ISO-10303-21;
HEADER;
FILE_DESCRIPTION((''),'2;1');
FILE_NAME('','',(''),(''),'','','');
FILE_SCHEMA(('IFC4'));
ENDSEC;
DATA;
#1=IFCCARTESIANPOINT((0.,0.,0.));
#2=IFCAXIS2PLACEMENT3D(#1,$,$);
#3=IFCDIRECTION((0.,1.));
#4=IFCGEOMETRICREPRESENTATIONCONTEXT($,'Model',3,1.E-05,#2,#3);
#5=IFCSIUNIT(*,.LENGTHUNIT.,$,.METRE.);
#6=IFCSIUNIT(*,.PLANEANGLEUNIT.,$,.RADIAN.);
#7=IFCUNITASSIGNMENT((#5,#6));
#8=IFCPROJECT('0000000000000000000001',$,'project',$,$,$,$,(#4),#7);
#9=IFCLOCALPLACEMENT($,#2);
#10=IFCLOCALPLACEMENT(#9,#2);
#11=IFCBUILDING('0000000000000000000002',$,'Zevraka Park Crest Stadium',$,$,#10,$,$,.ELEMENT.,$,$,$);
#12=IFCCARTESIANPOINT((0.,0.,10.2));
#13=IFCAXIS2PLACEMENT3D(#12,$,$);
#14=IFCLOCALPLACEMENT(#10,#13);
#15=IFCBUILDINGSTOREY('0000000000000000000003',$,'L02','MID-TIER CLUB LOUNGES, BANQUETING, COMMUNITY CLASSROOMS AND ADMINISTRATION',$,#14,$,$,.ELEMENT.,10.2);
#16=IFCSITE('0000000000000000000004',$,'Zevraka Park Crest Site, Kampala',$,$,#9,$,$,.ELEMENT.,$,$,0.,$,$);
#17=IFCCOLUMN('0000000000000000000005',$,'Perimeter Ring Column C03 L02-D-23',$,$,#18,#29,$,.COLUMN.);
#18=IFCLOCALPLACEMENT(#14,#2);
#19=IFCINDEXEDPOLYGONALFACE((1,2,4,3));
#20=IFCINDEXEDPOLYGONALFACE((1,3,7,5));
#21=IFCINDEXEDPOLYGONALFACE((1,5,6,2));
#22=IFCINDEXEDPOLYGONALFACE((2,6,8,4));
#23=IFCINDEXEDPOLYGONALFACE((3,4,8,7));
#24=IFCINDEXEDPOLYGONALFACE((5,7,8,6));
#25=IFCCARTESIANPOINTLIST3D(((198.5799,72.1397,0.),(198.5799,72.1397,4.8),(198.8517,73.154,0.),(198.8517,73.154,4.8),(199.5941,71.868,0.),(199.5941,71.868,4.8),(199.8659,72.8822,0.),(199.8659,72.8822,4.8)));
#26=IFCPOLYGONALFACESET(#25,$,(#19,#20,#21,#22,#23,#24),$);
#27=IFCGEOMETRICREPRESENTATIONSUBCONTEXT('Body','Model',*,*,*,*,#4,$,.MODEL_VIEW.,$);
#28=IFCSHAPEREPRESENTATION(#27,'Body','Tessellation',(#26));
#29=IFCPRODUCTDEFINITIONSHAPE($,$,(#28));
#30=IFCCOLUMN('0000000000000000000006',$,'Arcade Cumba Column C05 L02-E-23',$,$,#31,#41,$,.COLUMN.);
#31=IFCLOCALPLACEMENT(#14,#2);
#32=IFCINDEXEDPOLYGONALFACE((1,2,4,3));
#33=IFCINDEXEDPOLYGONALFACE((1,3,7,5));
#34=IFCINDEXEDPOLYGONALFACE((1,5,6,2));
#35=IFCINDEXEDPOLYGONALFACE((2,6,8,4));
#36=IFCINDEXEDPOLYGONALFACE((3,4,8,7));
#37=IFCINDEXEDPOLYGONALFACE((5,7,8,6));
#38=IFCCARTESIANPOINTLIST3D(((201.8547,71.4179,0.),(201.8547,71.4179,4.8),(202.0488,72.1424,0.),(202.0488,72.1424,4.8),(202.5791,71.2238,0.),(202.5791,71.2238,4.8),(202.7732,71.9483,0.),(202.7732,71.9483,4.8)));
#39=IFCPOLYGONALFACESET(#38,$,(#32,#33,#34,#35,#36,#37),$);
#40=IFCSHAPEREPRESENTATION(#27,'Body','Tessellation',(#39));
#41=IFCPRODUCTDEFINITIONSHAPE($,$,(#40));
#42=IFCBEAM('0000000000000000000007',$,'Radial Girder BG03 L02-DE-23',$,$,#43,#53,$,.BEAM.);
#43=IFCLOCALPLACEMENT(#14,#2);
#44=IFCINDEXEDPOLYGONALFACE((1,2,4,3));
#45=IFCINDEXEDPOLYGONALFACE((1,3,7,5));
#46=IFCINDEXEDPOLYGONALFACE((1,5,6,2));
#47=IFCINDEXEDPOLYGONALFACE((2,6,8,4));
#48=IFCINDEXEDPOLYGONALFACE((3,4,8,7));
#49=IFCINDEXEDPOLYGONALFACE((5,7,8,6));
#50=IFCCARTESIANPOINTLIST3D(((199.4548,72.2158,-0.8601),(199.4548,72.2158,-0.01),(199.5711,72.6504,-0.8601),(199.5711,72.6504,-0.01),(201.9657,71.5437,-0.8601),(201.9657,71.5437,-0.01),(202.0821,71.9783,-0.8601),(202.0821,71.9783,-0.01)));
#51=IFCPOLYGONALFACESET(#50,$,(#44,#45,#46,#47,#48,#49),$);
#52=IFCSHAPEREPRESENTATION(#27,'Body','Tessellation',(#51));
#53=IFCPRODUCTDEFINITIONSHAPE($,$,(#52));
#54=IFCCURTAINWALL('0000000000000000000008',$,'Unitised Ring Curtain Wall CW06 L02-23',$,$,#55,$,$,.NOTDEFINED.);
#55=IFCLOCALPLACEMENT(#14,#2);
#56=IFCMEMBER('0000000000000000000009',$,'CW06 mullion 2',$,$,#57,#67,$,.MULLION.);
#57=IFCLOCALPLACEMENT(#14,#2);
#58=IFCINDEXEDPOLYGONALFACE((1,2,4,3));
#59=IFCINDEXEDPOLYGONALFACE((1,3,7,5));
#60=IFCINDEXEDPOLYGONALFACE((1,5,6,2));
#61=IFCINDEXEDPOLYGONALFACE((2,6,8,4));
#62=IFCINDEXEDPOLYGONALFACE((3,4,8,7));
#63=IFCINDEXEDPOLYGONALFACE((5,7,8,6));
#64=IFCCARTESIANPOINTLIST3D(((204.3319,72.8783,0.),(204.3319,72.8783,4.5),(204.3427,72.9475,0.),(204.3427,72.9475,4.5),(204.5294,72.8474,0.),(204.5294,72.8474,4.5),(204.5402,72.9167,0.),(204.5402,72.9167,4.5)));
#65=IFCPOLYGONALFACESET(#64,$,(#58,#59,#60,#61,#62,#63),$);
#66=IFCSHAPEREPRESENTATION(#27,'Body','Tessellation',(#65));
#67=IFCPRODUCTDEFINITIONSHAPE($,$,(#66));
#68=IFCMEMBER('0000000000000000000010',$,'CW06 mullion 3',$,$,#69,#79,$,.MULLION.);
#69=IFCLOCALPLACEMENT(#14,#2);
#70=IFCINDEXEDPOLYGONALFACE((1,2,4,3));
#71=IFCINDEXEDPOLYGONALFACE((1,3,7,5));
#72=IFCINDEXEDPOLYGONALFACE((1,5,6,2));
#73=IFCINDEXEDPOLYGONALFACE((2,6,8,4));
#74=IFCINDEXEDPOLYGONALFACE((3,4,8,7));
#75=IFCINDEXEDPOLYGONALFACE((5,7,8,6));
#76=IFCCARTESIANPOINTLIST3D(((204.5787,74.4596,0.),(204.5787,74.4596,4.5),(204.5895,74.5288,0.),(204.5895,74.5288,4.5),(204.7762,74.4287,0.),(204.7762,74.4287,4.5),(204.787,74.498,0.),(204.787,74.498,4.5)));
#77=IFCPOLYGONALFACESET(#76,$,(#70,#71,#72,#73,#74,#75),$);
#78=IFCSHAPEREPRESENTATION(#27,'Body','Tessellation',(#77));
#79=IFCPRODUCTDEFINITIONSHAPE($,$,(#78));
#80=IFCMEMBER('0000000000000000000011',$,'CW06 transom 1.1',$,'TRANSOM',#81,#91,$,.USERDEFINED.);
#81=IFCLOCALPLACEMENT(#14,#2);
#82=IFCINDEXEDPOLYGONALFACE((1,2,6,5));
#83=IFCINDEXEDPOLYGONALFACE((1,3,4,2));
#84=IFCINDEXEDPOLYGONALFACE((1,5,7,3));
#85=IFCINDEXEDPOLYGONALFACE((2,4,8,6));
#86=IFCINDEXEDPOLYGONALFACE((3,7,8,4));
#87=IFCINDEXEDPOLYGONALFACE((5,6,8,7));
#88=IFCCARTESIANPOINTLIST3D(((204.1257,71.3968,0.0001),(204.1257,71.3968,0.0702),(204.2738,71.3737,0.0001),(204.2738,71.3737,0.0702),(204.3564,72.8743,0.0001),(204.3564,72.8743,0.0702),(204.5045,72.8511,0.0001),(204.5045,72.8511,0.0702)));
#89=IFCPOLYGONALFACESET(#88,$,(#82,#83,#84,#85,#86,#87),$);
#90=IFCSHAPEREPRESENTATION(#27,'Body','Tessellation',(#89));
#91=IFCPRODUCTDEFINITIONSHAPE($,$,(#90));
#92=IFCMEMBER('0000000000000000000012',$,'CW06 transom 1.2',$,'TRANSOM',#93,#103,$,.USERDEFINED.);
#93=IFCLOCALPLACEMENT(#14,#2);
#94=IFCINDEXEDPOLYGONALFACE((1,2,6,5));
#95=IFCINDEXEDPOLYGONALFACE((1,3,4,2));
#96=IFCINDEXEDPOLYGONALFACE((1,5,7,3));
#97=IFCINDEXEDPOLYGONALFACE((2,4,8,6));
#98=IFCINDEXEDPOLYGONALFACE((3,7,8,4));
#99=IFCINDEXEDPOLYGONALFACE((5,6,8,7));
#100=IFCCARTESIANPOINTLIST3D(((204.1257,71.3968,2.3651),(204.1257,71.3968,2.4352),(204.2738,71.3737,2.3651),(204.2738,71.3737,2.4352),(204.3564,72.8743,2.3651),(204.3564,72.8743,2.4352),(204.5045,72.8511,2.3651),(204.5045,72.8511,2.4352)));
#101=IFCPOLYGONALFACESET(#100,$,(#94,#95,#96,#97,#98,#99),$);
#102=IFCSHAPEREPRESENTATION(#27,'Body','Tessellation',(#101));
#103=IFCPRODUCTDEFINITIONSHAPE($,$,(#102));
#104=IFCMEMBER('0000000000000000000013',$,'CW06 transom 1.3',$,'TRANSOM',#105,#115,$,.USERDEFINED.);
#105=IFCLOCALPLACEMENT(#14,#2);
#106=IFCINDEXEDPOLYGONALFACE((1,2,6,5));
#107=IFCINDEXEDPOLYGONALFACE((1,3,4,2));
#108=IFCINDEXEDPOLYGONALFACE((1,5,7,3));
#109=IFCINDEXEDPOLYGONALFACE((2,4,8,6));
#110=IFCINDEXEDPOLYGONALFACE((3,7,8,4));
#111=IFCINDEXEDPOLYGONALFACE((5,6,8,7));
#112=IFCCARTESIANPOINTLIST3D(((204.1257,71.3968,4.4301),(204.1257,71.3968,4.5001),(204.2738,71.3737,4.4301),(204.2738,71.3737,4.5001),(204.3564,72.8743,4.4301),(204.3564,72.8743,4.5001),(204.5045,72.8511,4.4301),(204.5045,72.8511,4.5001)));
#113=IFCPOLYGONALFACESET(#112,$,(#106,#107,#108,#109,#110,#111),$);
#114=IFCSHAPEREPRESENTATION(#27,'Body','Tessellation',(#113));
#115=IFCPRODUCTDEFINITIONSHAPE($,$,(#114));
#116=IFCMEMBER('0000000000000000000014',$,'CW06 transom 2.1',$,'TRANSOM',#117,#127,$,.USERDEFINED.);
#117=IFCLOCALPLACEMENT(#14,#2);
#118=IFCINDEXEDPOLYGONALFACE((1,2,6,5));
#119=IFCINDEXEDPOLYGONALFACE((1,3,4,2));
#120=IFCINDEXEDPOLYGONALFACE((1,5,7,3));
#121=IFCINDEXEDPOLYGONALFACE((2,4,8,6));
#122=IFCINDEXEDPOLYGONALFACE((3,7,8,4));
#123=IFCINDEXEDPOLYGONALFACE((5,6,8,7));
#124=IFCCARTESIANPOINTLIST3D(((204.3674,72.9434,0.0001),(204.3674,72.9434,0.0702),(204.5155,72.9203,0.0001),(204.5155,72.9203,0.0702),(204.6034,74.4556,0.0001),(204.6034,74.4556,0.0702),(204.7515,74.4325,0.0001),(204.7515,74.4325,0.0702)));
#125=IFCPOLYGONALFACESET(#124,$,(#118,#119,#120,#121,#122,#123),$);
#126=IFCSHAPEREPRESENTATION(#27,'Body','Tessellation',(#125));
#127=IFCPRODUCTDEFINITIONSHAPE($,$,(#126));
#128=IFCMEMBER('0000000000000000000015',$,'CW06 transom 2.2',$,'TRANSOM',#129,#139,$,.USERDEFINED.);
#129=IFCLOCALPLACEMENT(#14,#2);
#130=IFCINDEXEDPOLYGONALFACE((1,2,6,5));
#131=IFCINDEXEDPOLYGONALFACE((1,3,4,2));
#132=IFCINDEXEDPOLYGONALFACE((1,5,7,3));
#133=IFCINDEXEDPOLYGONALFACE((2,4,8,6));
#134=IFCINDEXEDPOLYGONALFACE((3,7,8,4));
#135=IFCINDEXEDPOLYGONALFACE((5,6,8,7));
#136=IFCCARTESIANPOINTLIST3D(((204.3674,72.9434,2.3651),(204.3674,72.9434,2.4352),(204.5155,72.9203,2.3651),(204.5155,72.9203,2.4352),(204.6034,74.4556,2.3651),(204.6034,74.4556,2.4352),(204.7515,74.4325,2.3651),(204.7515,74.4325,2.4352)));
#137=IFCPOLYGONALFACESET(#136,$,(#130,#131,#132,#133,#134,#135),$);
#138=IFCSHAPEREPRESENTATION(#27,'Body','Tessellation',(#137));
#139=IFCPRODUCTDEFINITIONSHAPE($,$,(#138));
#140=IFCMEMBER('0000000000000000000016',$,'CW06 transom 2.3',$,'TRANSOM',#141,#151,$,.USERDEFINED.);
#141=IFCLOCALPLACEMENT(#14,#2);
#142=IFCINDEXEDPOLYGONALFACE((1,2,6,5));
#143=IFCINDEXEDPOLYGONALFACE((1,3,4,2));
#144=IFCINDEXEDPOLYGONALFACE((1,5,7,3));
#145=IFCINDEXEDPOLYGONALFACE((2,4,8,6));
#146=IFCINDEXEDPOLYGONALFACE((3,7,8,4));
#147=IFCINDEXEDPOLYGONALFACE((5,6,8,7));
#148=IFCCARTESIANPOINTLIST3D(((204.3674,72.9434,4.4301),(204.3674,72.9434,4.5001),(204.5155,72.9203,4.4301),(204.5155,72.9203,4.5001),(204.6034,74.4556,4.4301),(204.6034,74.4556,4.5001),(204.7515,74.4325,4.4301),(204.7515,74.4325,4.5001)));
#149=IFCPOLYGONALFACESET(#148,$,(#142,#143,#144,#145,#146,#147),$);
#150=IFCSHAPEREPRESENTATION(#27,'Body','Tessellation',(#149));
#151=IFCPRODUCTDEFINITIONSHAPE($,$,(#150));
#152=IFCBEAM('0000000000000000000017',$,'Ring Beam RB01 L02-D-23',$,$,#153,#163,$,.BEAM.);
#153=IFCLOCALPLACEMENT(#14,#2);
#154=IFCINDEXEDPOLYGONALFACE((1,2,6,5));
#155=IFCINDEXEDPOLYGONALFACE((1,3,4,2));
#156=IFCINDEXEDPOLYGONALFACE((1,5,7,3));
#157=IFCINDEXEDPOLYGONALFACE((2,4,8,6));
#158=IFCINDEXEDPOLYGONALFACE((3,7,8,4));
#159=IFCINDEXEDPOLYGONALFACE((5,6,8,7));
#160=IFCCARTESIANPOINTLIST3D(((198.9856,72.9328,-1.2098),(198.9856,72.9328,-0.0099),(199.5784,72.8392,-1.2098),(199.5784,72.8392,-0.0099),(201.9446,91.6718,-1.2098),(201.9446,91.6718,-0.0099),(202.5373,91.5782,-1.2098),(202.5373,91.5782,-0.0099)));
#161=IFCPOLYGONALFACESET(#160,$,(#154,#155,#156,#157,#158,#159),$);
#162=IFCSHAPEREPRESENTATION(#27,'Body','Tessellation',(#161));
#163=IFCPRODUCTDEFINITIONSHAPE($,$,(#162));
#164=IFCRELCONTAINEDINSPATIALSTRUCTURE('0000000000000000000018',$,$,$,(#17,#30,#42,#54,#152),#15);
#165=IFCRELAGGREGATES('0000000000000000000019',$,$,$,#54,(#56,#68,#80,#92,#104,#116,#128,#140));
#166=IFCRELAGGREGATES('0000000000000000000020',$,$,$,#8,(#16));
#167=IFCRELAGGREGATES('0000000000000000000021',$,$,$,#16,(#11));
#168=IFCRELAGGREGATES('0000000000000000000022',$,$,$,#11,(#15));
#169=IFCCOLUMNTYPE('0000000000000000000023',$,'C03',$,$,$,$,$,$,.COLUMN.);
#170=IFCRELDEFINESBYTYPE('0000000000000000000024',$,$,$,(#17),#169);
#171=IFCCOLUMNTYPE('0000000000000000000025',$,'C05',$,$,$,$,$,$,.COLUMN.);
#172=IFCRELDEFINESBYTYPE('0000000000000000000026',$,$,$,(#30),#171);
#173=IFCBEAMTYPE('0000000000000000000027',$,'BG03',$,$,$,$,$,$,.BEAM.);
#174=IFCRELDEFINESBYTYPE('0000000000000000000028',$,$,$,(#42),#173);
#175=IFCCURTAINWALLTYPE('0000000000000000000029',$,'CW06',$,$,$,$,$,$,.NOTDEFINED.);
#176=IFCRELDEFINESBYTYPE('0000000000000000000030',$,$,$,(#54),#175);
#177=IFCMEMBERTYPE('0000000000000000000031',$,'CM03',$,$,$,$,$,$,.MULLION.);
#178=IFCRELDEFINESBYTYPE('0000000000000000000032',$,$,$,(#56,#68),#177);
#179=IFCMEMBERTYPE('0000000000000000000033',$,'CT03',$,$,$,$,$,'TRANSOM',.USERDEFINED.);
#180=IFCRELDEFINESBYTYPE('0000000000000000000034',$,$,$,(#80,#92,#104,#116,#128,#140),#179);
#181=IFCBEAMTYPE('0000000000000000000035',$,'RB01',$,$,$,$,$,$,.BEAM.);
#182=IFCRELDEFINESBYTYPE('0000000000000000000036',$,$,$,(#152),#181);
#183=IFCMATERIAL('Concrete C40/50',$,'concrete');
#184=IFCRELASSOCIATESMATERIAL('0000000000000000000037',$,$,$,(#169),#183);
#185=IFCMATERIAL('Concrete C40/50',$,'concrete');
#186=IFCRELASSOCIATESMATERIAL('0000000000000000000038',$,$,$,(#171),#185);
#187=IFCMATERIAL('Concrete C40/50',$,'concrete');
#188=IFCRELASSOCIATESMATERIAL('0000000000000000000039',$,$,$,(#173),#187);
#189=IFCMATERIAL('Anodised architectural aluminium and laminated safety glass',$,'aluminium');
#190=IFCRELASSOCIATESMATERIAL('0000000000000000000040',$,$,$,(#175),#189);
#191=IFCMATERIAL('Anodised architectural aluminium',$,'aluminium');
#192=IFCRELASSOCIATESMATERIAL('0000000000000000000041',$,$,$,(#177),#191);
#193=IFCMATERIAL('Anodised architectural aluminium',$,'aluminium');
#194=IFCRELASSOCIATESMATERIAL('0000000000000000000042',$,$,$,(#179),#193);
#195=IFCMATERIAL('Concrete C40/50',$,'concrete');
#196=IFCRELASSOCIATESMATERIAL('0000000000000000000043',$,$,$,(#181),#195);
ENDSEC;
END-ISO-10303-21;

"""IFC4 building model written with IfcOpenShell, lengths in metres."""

from ifc_helpers import new_model, si_unit, direction, frame, origin, origin_2d, place, context, subcontext, project, spatial, rectangle, extrude, material, material_profile, profile_set, type_object, element, aggregate, save


model = new_model("IFC4")

# Units and contexts
model_context = context("Model", 3, precision=1e-05, world=origin(), true_north=direction((0.0, 1.0)))
body_context = subcontext(model_context, "Body", "Model", "MODEL_VIEW")
ifc_project = project(units=[si_unit("LENGTHUNIT", "METRE"), si_unit("PLANEANGLEUNIT", "RADIAN")], contexts=[model_context])

# Site, building, storey
site_placement = place(None, origin())
site = spatial("IfcSite", under=ifc_project, at=site_placement, Name="Zevraka Park Crest Site, Kampala", CompositionType="ELEMENT", RefElevation=0.0)
building_placement = place(site_placement, origin())
building = spatial("IfcBuilding", under=site, at=building_placement, Name="Zevraka Park Crest Stadium", CompositionType="ELEMENT")
storey_placement = place(building_placement, frame((0.0, 0.0, 10.2)))
storey = spatial("IfcBuildingStorey", under=building, at=storey_placement, Name="L02", Description="MID-TIER CLUB LOUNGES, BANQUETING, COMMUNITY CLASSROOMS AND ADMINISTRATION", CompositionType="ELEMENT", Elevation=10.2)

# Columns
ifc_material_1 = material(Name="Concrete C40/50", Category="concrete")
ifc_material_profile_1 = material_profile(ifc_material_1, rectangle(XDim=1.05, YDim=1.05, at=origin_2d()), Name="RC 1050x1050")
ifc_profile_set_1 = profile_set([ifc_material_profile_1], Name="Concrete C40/50")
column_type_1 = type_object("IfcColumnType", Name="C03", PredefinedType="COLUMN", material=ifc_profile_set_1)
column_1_placement = place(storey_placement, frame((199.2229, 72.511, 0.0), z_axis=(0.0, 0.0, 1.0), x_axis=(-0.965926, 0.258819, 0.0)))
element("IfcColumn", 1, at=column_1_placement, inside=storey, type_object=column_type_1, Name="Perimeter Ring Column C03 L02-D-23", PredefinedType="COLUMN", context=body_context, shape_type="SweptSolid", body=[
    extrude(rectangle(XDim=1.05, YDim=1.05, at=origin_2d()), origin(), (0.0, 0.0, 1.0), 4.8),
])
ifc_material_2 = material(Name="Concrete C40/50", Category="concrete")
ifc_material_profile_2 = material_profile(ifc_material_2, rectangle(XDim=0.75, YDim=0.75, at=origin_2d()), Name="RC 750x750")
ifc_profile_set_2 = profile_set([ifc_material_profile_2], Name="Concrete C40/50")
column_type_2 = type_object("IfcColumnType", Name="C05", PredefinedType="COLUMN", material=ifc_profile_set_2)
column_2_placement = place(storey_placement, frame((202.314, 71.6831, 0.0), z_axis=(0.0, 0.0, 1.0), x_axis=(-0.965926, 0.258819, 0.0)))
element("IfcColumn", 2, at=column_2_placement, inside=storey, type_object=column_type_2, Name="Arcade Cumba Column C05 L02-E-23", PredefinedType="COLUMN", context=body_context, shape_type="SweptSolid", body=[
    extrude(rectangle(XDim=0.75, YDim=0.75, at=origin_2d()), origin(), (0.0, 0.0, 1.0), 4.8),
])

# Beam
ifc_material_3 = material(Name="Concrete C40/50", Category="concrete")
ifc_material_profile_3 = material_profile(ifc_material_3, rectangle(XDim=0.45, YDim=0.8501, at=origin_2d()), Name="RC 850x450")
ifc_profile_set_3 = profile_set([ifc_material_profile_3], Name="Concrete C40/50")
beam_type_1 = type_object("IfcBeamType", Name="BG03", PredefinedType="BEAM", material=ifc_profile_set_3)
beam_1_placement = place(storey_placement, frame((199.5129, 72.4331, -0.4351), z_axis=(0.965993, -0.258569, 0.0), x_axis=(0.258569, 0.965993, 0.0)))
element("IfcBeam", 3, at=beam_1_placement, inside=storey, type_object=beam_type_1, Name="Radial Girder BG03 L02-DE-23", PredefinedType="BEAM", context=body_context, shape_type="SweptSolid", body=[
    extrude(rectangle(XDim=0.45, YDim=0.8501, at=origin_2d()), origin(), (0.0, 0.0, 1.0), 2.5994),
])

# Curtain wall, members
ifc_material_4 = material(Name="Anodised architectural aluminium and laminated safety glass", Category="aluminium")
curtain_wall_type = type_object("IfcCurtainWallType", Name="CW06", PredefinedType="NOTDEFINED", material=ifc_material_4)
curtain_wall_placement = place(storey_placement, origin())
curtain_wall = element("IfcCurtainWall", 4, at=curtain_wall_placement, inside=storey, type_object=curtain_wall_type, Name="Unitised Ring Curtain Wall CW06 L02-23", PredefinedType="NOTDEFINED")
ifc_material_5 = material(Name="Anodised architectural aluminium", Category="aluminium")
ifc_material_profile_4 = material_profile(ifc_material_5, rectangle(XDim=0.2, YDim=0.0701, at=origin_2d()), Name="ALU MULLION 200x70")
ifc_profile_set_4 = profile_set([ifc_material_profile_4], Name="Anodised architectural aluminium")
member_type_1 = type_object("IfcMemberType", Name="CM03", PredefinedType="MULLION", material=ifc_profile_set_4)
member_1_placement = place(storey_placement, frame((204.436, 72.8975, 0.0), z_axis=(0.0, 0.0, 1.0), x_axis=(-0.988028, 0.154274, 0.0)))
member_1 = element("IfcMember", 5, at=member_1_placement, type_object=member_type_1, Name="CW06 mullion 2", PredefinedType="MULLION", context=body_context, shape_type="SweptSolid", body=[
    extrude(rectangle(XDim=0.2, YDim=0.0701, at=origin_2d()), origin(), (0.0, 0.0, 1.0), 4.5),
])
member_2_placement = place(storey_placement, frame((204.6829, 74.4788, 0.0), z_axis=(0.0, 0.0, 1.0), x_axis=(-0.988028, 0.154274, 0.0)))
member_2 = element("IfcMember", 6, at=member_2_placement, type_object=member_type_1, Name="CW06 mullion 3", PredefinedType="MULLION", context=body_context, shape_type="SweptSolid", body=[
    extrude(rectangle(XDim=0.2, YDim=0.0701, at=origin_2d()), origin(), (0.0, 0.0, 1.0), 4.5),
])
ifc_material_6 = material(Name="Anodised architectural aluminium", Category="aluminium")
ifc_material_profile_5 = material_profile(ifc_material_6, rectangle(XDim=0.1499, YDim=0.0701, at=origin_2d()), Name="ALU TRANSOM 150x70")
ifc_profile_set_5 = profile_set([ifc_material_profile_5], Name="Anodised architectural aluminium")
member_type_2 = type_object("IfcMemberType", Name="CT03", ElementType="TRANSOM", PredefinedType="USERDEFINED", material=ifc_profile_set_5)
member_3_placement = place(storey_placement, frame((204.1997, 71.3853, 0.0352), z_axis=(0.154277, 0.988028, 0.0), x_axis=(-0.988028, 0.154277, 0.0)))
member_3 = element("IfcMember", 7, at=member_3_placement, type_object=member_type_2, Name="CW06 transom 1.1", ObjectType="TRANSOM", PredefinedType="USERDEFINED", context=body_context, shape_type="SweptSolid", body=[
    extrude(rectangle(XDim=0.1499, YDim=0.0701, at=origin_2d()), origin(), (0.0, 0.0, 1.0), 1.4954),
])
member_4_placement = place(storey_placement, frame((204.1997, 71.3853, 2.4001), z_axis=(0.154277, 0.988028, 0.0), x_axis=(-0.988028, 0.154277, 0.0)))
member_4 = element("IfcMember", 8, at=member_4_placement, type_object=member_type_2, Name="CW06 transom 1.2", ObjectType="TRANSOM", PredefinedType="USERDEFINED", context=body_context, shape_type="SweptSolid", body=[
    extrude(rectangle(XDim=0.1499, YDim=0.0701, at=origin_2d()), origin(), (0.0, 0.0, 1.0), 1.4954),
])
member_5_placement = place(storey_placement, frame((204.1997, 71.3853, 4.4651), z_axis=(0.154277, 0.988028, 0.0), x_axis=(-0.988028, 0.154277, 0.0)))
member_5 = element("IfcMember", 9, at=member_5_placement, type_object=member_type_2, Name="CW06 transom 1.3", ObjectType="TRANSOM", PredefinedType="USERDEFINED", context=body_context, shape_type="SweptSolid", body=[
    extrude(rectangle(XDim=0.1499, YDim=0.0701, at=origin_2d()), origin(), (0.0, 0.0, 1.0), 1.4954),
])
member_6_placement = place(storey_placement, frame((204.4414, 72.9319, 0.0352), z_axis=(0.15425, 0.988032, 0.0), x_axis=(-0.988032, 0.15425, 0.0)))
member_6 = element("IfcMember", 10, at=member_6_placement, type_object=member_type_2, Name="CW06 transom 2.1", ObjectType="TRANSOM", PredefinedType="USERDEFINED", context=body_context, shape_type="SweptSolid", body=[
    extrude(rectangle(XDim=0.1499, YDim=0.0701, at=origin_2d()), origin(), (0.0, 0.0, 1.0), 1.5305),
])
member_7_placement = place(storey_placement, frame((204.4414, 72.9319, 2.4001), z_axis=(0.15425, 0.988032, 0.0), x_axis=(-0.988032, 0.15425, 0.0)))
member_7 = element("IfcMember", 11, at=member_7_placement, type_object=member_type_2, Name="CW06 transom 2.2", ObjectType="TRANSOM", PredefinedType="USERDEFINED", context=body_context, shape_type="SweptSolid", body=[
    extrude(rectangle(XDim=0.1499, YDim=0.0701, at=origin_2d()), origin(), (0.0, 0.0, 1.0), 1.5305),
])
member_8_placement = place(storey_placement, frame((204.4414, 72.9319, 4.4651), z_axis=(0.15425, 0.988032, 0.0), x_axis=(-0.988032, 0.15425, 0.0)))
member_8 = element("IfcMember", 12, at=member_8_placement, type_object=member_type_2, Name="CW06 transom 2.3", ObjectType="TRANSOM", PredefinedType="USERDEFINED", context=body_context, shape_type="SweptSolid", body=[
    extrude(rectangle(XDim=0.1499, YDim=0.0701, at=origin_2d()), origin(), (0.0, 0.0, 1.0), 1.5305),
])

# Beam
ifc_material_7 = material(Name="Concrete C40/50", Category="concrete")
ifc_material_profile_6 = material_profile(ifc_material_7, rectangle(XDim=0.6001, YDim=1.2, at=origin_2d()), Name="RC 1200x600")
ifc_profile_set_6 = profile_set([ifc_material_profile_6], Name="Concrete C40/50")
beam_type_2 = type_object("IfcBeamType", Name="RB01", PredefinedType="BEAM", material=ifc_profile_set_6)
beam_2_placement = place(storey_placement, frame((199.282, 72.886, -0.6099), z_axis=(0.155972, 0.987761, 0.0), x_axis=(-0.987761, 0.155972, 0.0)))
element("IfcBeam", 13, at=beam_2_placement, inside=storey, type_object=beam_type_2, Name="Ring Beam RB01 L02-D-23", PredefinedType="BEAM", context=body_context, shape_type="SweptSolid", body=[
    extrude(rectangle(XDim=0.6001, YDim=1.2, at=origin_2d()), origin(), (0.0, 0.0, 1.0), 18.9712),
])

aggregate(curtain_wall, [member_1, member_2, member_3, member_4, member_5, member_6, member_7, member_8])

save(model, "model.ifc")
